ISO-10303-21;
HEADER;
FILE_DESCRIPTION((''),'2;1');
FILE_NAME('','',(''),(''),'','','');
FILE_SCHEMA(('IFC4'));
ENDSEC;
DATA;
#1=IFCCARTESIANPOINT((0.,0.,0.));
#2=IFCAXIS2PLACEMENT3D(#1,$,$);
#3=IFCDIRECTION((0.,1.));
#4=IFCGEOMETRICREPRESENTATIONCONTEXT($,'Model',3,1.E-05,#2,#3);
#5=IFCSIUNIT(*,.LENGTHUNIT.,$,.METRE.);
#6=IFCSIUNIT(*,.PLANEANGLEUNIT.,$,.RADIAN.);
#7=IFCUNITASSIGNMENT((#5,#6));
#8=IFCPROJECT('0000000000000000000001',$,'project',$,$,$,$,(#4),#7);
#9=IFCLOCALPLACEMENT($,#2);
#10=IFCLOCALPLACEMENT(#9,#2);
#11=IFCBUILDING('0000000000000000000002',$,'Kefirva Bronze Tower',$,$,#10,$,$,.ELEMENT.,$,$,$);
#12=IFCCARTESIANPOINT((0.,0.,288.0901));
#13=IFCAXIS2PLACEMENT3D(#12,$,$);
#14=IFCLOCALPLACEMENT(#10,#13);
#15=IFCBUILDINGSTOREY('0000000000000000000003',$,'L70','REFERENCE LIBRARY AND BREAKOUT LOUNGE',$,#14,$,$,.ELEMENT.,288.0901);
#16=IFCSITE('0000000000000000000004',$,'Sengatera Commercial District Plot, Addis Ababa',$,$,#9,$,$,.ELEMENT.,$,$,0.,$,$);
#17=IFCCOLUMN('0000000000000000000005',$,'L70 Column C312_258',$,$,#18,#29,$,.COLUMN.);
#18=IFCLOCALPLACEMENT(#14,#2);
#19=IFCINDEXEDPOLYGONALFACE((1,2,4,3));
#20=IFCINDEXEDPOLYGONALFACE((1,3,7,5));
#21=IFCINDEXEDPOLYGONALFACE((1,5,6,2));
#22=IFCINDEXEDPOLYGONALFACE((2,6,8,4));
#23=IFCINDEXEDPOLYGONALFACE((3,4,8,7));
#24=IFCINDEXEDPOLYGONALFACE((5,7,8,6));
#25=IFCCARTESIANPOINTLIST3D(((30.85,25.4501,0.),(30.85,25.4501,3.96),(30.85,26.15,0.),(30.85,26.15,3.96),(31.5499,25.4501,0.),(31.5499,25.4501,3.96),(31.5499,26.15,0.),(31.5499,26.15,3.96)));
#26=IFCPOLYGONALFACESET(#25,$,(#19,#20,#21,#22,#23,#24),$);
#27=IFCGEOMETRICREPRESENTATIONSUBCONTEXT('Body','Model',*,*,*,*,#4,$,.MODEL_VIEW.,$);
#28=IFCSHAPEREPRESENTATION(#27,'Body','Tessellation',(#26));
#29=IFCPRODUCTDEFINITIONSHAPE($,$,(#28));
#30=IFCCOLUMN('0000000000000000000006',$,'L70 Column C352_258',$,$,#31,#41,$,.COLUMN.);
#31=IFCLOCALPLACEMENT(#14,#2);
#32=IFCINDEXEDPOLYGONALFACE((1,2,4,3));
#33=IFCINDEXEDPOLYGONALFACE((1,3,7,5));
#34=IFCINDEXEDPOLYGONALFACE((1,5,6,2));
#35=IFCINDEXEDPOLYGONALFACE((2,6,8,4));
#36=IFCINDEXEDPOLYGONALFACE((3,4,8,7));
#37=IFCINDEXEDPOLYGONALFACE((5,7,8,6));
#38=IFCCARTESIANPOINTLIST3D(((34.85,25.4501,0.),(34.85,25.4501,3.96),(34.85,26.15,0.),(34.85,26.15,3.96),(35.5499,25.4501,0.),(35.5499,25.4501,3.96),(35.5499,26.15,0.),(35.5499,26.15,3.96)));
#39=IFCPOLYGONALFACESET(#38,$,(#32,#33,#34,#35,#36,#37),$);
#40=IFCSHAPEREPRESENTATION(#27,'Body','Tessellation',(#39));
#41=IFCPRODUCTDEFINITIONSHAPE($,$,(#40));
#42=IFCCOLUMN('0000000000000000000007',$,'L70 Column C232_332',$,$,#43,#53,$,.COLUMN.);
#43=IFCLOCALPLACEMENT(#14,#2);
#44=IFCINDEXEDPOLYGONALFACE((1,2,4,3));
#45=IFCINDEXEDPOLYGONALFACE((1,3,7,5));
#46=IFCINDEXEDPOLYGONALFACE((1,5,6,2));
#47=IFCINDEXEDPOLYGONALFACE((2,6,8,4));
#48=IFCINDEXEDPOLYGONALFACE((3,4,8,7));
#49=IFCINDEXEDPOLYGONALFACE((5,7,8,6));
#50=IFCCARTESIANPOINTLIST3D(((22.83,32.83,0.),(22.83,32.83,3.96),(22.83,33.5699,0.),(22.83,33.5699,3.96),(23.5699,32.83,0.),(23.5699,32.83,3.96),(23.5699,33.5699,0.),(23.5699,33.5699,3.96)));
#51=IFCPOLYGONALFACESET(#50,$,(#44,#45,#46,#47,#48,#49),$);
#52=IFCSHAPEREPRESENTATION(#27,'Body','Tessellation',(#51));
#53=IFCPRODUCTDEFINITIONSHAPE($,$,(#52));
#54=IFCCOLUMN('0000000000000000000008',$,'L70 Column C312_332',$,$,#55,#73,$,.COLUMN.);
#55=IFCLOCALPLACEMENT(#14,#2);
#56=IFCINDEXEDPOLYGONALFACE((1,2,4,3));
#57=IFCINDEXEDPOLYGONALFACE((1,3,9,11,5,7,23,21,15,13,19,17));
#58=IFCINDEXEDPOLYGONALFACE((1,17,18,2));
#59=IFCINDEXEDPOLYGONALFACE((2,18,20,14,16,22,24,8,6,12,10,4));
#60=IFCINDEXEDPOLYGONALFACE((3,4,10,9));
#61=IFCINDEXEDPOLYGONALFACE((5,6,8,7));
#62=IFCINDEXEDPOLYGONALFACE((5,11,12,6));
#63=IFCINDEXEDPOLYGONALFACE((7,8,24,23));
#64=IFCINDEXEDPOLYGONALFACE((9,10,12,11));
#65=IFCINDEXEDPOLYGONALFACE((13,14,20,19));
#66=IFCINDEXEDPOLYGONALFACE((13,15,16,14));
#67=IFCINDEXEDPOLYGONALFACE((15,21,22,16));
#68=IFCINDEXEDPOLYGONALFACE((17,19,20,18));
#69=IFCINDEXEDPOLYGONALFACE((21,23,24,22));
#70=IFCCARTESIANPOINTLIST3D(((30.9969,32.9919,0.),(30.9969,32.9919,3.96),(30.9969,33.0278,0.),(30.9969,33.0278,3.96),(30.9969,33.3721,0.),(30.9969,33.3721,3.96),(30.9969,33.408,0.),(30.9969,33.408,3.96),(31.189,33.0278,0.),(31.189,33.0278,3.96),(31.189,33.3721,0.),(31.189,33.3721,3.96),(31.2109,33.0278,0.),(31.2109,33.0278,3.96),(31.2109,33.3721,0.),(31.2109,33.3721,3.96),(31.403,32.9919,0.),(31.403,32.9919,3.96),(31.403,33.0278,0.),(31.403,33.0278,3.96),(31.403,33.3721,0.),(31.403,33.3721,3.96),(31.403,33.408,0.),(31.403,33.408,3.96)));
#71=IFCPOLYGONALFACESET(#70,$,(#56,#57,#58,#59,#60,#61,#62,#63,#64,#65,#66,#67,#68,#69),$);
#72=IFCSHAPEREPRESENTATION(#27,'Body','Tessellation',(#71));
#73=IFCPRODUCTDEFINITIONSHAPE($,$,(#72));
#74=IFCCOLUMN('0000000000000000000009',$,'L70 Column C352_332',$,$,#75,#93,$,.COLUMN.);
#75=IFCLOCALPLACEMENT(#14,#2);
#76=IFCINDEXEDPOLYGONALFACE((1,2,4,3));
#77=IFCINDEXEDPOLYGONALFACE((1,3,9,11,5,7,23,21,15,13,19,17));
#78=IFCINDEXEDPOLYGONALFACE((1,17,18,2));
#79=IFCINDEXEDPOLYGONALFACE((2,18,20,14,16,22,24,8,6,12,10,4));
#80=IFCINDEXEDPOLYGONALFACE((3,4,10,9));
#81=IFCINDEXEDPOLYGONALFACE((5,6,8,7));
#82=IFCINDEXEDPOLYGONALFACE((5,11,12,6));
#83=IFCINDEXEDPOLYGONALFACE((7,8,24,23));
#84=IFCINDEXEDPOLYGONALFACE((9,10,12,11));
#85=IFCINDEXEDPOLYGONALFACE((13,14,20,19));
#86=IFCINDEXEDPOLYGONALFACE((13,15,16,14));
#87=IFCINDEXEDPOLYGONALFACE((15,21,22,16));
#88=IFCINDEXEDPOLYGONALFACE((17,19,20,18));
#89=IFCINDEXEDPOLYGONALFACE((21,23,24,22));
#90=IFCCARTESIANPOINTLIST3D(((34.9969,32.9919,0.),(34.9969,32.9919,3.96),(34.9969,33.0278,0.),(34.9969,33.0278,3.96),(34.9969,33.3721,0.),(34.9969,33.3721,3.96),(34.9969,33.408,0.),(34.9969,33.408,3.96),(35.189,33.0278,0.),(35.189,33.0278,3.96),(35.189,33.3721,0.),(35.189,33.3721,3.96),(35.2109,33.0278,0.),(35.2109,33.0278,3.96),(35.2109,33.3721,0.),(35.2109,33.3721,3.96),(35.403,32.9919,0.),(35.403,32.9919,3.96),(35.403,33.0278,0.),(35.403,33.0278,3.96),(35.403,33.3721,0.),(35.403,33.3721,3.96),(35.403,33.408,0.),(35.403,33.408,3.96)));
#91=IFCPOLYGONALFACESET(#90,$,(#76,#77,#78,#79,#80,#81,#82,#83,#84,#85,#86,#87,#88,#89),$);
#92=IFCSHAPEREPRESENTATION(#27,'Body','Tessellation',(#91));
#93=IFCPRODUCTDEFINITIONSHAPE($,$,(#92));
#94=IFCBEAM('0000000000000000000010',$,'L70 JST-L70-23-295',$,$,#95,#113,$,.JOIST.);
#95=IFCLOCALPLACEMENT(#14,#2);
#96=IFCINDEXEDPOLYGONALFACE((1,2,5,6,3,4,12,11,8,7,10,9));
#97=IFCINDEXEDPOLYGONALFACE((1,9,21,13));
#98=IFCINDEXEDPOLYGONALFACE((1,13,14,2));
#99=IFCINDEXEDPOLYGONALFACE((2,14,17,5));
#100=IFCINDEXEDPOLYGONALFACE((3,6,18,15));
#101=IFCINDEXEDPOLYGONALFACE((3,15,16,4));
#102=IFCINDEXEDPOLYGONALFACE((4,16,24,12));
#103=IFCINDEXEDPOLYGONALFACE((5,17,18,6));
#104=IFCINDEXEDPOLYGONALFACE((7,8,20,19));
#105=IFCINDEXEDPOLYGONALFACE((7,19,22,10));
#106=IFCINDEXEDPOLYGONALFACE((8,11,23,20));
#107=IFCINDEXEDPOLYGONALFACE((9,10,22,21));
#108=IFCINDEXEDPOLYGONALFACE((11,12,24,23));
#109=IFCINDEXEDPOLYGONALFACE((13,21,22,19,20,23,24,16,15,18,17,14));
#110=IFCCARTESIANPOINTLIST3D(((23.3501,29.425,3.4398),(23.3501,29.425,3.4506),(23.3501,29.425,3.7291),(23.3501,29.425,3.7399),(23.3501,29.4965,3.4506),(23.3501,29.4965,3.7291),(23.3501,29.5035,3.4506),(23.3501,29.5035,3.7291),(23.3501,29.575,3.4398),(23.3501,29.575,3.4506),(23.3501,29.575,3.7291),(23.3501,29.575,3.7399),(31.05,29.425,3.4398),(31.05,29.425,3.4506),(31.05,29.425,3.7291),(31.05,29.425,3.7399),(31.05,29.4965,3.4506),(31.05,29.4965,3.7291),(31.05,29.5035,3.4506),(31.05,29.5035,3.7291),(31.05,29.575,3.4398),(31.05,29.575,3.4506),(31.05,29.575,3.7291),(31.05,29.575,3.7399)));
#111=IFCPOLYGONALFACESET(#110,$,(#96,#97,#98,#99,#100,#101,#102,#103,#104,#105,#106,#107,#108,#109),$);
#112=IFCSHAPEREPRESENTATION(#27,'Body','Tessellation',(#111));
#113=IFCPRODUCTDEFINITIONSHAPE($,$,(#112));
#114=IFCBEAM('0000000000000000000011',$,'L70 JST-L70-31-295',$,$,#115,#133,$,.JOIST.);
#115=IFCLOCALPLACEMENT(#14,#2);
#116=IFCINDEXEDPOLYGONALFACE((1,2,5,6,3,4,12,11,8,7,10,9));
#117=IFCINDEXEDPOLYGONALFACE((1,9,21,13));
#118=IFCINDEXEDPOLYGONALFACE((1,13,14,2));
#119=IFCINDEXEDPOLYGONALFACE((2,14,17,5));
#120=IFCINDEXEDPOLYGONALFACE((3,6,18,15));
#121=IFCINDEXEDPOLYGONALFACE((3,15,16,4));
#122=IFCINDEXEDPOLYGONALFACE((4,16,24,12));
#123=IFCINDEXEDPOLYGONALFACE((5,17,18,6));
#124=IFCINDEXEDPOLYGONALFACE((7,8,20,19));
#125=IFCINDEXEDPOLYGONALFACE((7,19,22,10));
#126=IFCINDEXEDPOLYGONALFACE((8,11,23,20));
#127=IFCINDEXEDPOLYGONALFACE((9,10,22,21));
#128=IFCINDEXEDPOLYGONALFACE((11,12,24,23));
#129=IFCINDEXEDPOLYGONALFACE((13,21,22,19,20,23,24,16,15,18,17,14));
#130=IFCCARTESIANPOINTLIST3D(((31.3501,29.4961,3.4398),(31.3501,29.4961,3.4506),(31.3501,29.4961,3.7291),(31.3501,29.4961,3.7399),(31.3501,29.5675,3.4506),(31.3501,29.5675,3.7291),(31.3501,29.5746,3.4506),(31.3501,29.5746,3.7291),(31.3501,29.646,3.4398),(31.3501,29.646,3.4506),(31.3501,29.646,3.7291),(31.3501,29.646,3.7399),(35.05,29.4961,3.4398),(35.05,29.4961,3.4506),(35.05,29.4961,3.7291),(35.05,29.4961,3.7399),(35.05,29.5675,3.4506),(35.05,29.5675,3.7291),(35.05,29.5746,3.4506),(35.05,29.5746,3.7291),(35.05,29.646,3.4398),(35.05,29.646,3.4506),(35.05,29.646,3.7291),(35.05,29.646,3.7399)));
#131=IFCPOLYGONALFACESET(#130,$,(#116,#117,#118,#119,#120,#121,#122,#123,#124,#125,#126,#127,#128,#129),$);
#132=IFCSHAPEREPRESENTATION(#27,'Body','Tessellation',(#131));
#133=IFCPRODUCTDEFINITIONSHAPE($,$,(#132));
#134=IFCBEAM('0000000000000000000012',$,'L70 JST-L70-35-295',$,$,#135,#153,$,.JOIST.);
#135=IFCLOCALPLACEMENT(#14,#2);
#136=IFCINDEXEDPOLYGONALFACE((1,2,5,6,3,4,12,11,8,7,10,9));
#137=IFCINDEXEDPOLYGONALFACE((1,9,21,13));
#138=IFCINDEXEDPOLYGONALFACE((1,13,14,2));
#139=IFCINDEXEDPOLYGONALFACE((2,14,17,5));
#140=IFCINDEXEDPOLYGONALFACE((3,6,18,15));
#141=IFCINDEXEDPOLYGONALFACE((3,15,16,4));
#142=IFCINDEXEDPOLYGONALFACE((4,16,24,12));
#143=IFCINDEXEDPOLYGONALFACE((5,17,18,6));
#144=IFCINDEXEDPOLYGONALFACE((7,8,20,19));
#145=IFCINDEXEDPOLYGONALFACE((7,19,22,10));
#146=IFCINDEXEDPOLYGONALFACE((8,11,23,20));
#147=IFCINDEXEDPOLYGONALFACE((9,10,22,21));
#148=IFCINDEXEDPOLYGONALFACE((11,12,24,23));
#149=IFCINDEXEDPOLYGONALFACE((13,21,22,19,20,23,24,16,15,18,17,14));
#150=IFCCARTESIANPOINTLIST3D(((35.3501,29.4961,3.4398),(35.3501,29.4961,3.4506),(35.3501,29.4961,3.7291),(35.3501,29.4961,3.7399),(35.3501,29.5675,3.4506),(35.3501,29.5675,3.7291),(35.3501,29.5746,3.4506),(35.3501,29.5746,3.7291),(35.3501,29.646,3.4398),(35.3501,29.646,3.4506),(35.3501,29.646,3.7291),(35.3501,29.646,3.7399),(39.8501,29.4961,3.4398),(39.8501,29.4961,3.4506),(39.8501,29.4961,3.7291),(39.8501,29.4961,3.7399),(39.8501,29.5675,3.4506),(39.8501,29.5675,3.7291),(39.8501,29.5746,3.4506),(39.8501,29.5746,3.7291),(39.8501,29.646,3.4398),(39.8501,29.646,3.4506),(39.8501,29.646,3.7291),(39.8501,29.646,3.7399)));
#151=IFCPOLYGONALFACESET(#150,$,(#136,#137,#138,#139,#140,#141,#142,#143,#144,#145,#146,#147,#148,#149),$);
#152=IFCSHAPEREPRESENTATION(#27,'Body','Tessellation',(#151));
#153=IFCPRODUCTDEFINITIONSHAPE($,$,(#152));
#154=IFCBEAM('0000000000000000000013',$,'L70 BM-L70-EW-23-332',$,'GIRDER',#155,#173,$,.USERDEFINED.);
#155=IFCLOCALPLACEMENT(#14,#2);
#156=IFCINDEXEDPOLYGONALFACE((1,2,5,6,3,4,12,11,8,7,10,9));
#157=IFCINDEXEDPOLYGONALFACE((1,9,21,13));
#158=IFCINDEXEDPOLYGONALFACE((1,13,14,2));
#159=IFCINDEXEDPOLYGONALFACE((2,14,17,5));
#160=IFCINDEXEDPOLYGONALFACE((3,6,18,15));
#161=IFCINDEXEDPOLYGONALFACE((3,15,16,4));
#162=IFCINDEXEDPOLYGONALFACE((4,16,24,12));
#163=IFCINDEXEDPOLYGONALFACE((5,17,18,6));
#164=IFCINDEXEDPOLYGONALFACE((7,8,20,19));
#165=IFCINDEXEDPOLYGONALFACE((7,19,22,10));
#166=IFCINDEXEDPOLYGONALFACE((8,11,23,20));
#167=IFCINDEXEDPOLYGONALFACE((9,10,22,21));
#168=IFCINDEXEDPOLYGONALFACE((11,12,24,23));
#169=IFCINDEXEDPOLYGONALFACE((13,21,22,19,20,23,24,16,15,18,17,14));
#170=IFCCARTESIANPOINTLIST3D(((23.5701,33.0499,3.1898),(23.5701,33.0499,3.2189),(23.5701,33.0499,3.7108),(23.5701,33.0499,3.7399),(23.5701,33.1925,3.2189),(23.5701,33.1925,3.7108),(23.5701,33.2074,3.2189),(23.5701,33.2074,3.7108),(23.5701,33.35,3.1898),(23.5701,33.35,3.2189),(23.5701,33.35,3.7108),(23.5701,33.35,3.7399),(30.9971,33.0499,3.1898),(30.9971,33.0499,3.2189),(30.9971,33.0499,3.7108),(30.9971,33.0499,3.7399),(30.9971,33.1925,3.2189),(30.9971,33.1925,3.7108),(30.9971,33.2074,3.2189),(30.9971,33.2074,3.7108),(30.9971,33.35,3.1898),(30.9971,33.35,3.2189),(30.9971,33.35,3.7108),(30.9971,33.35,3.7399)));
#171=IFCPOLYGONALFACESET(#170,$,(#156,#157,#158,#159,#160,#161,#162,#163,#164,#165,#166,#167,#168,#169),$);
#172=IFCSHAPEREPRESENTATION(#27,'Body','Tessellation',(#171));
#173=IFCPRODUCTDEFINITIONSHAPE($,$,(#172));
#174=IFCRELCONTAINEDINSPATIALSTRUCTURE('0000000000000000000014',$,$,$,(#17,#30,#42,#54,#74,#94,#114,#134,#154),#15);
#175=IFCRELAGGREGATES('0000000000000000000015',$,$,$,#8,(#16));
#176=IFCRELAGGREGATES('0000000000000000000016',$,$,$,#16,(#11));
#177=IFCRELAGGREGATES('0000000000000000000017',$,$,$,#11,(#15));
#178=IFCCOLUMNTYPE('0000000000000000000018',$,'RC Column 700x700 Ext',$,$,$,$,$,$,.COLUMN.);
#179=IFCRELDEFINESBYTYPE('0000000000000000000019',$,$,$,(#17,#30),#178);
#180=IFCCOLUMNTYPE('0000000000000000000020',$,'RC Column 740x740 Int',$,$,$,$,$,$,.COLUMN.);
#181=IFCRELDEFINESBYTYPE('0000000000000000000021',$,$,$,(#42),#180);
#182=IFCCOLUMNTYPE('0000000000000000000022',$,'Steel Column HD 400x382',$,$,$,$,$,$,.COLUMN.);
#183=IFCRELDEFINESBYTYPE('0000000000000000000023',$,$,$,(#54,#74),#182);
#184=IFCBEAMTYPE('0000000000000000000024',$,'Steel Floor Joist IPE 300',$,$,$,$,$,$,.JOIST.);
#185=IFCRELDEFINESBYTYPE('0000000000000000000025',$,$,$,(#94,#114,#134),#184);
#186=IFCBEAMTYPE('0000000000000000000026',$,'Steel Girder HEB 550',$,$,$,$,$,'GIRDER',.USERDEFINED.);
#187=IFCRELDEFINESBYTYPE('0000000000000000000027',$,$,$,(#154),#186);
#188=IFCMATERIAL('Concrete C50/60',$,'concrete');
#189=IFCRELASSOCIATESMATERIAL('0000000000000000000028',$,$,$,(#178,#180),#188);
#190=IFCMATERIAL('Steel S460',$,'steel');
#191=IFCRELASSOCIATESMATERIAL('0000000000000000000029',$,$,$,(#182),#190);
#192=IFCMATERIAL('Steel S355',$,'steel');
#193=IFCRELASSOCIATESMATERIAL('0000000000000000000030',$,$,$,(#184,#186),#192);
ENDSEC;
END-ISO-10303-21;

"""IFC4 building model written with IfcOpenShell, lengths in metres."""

from ifc_helpers import new_model, si_unit, direction, frame, origin, origin_2d, place, context, subcontext, project, spatial, rectangle, i_section, extrude, material, material_profile, profile_set, type_object, element, save


model = new_model("IFC4")

# Units and contexts
model_context = context("Model", 3, precision=1e-05, world=origin(), true_north=direction((0.0, 1.0)))
body_context = subcontext(model_context, "Body", "Model", "MODEL_VIEW")
ifc_project = project(units=[si_unit("LENGTHUNIT", "METRE"), si_unit("PLANEANGLEUNIT", "RADIAN")], contexts=[model_context])

# Site, building, storey
site_placement = place(None, origin())
site = spatial("IfcSite", under=ifc_project, at=site_placement, Name="Sengatera Commercial District Plot, Addis Ababa", CompositionType="ELEMENT", RefElevation=0.0)
building_placement = place(site_placement, origin())
building = spatial("IfcBuilding", under=site, at=building_placement, Name="Kefirva Bronze Tower", CompositionType="ELEMENT")
storey_placement = place(building_placement, frame((0.0, 0.0, 288.0901)))
storey = spatial("IfcBuildingStorey", under=building, at=storey_placement, Name="L70", Description="REFERENCE LIBRARY AND BREAKOUT LOUNGE", CompositionType="ELEMENT", Elevation=288.0901)

# Columns
ifc_material_1 = material(Name="Concrete C50/60", Category="concrete")
ifc_material_profile_1 = material_profile(ifc_material_1, rectangle(XDim=0.7, YDim=0.7, at=origin_2d()), Name="RC 700x700")
ifc_profile_set_1 = profile_set([ifc_material_profile_1], Name="Concrete C50/60")
column_type_1 = type_object("IfcColumnType", Name="RC Column 700x700 Ext", PredefinedType="COLUMN", material=ifc_profile_set_1)
for number, where, z_axis, x_axis, name in (
    (1, (31.2, 25.8, 0.0), (0.0, 0.0, 1.0), (1.0, 0.0, 0.0), "L70 Column C312_258"),
    (2, (35.2, 25.8, 0.0), (0.0, 0.0, 1.0), (1.0, 0.0, 0.0), "L70 Column C352_258"),
):
    element("IfcColumn", number, at=place(storey_placement, frame(where, z_axis=z_axis, x_axis=x_axis)), inside=storey, type_object=column_type_1, Name=name, PredefinedType="COLUMN", context=body_context, shape_type="SweptSolid", body=[
        extrude(rectangle(XDim=0.7, YDim=0.7, at=origin_2d()), origin(), (0.0, 0.0, 1.0), 3.96),
    ])
ifc_material_profile_2 = material_profile(ifc_material_1, rectangle(XDim=0.74, YDim=0.74, at=origin_2d()), Name="RC 740x740")
ifc_profile_set_2 = profile_set([ifc_material_profile_2], Name="Concrete C50/60")
column_type_2 = type_object("IfcColumnType", Name="RC Column 740x740 Int", PredefinedType="COLUMN", material=ifc_profile_set_2)
column_placement = place(storey_placement, frame((23.2, 33.2, 0.0), z_axis=(0.0, 0.0, 1.0), x_axis=(1.0, 0.0, 0.0)))
element("IfcColumn", 3, at=column_placement, inside=storey, type_object=column_type_2, Name="L70 Column C232_332", PredefinedType="COLUMN", context=body_context, shape_type="SweptSolid", body=[
    extrude(rectangle(XDim=0.74, YDim=0.74, at=origin_2d()), origin(), (0.0, 0.0, 1.0), 3.96),
])
ifc_material_2 = material(Name="Steel S460", Category="steel")
ifc_material_profile_3 = material_profile(ifc_material_2, i_section(OverallWidth=0.406, OverallDepth=0.416, WebThickness=0.022, FlangeThickness=0.0359, at=origin_2d()), Name="HD 400x382")
ifc_profile_set_3 = profile_set([ifc_material_profile_3], Name="Steel S460")
column_type_3 = type_object("IfcColumnType", Name="Steel Column HD 400x382", PredefinedType="COLUMN", material=ifc_profile_set_3)
for number, where, z_axis, x_axis, name in (
    (4, (31.2, 33.2, 0.0), (0.0, 0.0, 1.0), (1.0, 0.0, 0.0), "L70 Column C312_332"),
    (5, (35.2, 33.2, 0.0), (0.0, 0.0, 1.0), (1.0, 0.0, 0.0), "L70 Column C352_332"),
):
    element("IfcColumn", number, at=place(storey_placement, frame(where, z_axis=z_axis, x_axis=x_axis)), inside=storey, type_object=column_type_3, Name=name, PredefinedType="COLUMN", context=body_context, shape_type="SweptSolid", body=[
        extrude(i_section(OverallWidth=0.406, OverallDepth=0.416, WebThickness=0.022, FlangeThickness=0.0359, at=origin_2d()), origin(), (0.0, 0.0, 1.0), 3.96),
    ])

# Beams
ifc_material_3 = material(Name="Steel S355", Category="steel")
ifc_material_profile_4 = material_profile(ifc_material_3, i_section(OverallWidth=0.1499, OverallDepth=0.3, WebThickness=0.0071, FlangeThickness=0.0107, at=origin_2d()), Name="IPE 300")
ifc_profile_set_4 = profile_set([ifc_material_profile_4], Name="Steel S355")
beam_type_1 = type_object("IfcBeamType", Name="Steel Floor Joist IPE 300", PredefinedType="JOIST", material=ifc_profile_set_4)
beam_1_placement = place(storey_placement, frame((23.3501, 29.5, 3.5898), z_axis=(1.0, 0.0, 0.0), x_axis=(0.0, 1.0, 0.0)))
element("IfcBeam", 6, at=beam_1_placement, inside=storey, type_object=beam_type_1, Name="L70 JST-L70-23-295", PredefinedType="JOIST", context=body_context, shape_type="SweptSolid", body=[
    extrude(i_section(OverallWidth=0.1499, OverallDepth=0.3, WebThickness=0.0071, FlangeThickness=0.0107, at=origin_2d()), origin(), (0.0, 0.0, 1.0), 7.7),
])
beam_2_placement = place(storey_placement, frame((31.3501, 29.571, 3.5898), z_axis=(1.0, 0.0, 0.0), x_axis=(0.0, 1.0, 0.0)))
element("IfcBeam", 7, at=beam_2_placement, inside=storey, type_object=beam_type_1, Name="L70 JST-L70-31-295", PredefinedType="JOIST", context=body_context, shape_type="SweptSolid", body=[
    extrude(i_section(OverallWidth=0.1499, OverallDepth=0.3, WebThickness=0.0071, FlangeThickness=0.0107, at=origin_2d()), origin(), (0.0, 0.0, 1.0), 3.7),
])
beam_3_placement = place(storey_placement, frame((35.3501, 29.571, 3.5898), z_axis=(1.0, 0.0, 0.0), x_axis=(0.0, 1.0, 0.0)))
element("IfcBeam", 8, at=beam_3_placement, inside=storey, type_object=beam_type_1, Name="L70 JST-L70-35-295", PredefinedType="JOIST", context=body_context, shape_type="SweptSolid", body=[
    extrude(i_section(OverallWidth=0.1499, OverallDepth=0.3, WebThickness=0.0071, FlangeThickness=0.0107, at=origin_2d()), origin(), (0.0, 0.0, 1.0), 4.5),
])
ifc_material_profile_5 = material_profile(ifc_material_3, i_section(OverallWidth=0.3, OverallDepth=0.55, WebThickness=0.0149, FlangeThickness=0.0291, at=origin_2d()), Name="HEB 550")
ifc_profile_set_5 = profile_set([ifc_material_profile_5], Name="Steel S355")
beam_type_2 = type_object("IfcBeamType", Name="Steel Girder HEB 550", ElementType="GIRDER", PredefinedType="USERDEFINED", material=ifc_profile_set_5)
beam_4_placement = place(storey_placement, frame((23.5701, 33.2, 3.4648), z_axis=(1.0, 0.0, 0.0), x_axis=(0.0, 1.0, 0.0)))
element("IfcBeam", 9, at=beam_4_placement, inside=storey, type_object=beam_type_2, Name="L70 BM-L70-EW-23-332", ObjectType="GIRDER", PredefinedType="USERDEFINED", context=body_context, shape_type="SweptSolid", body=[
    extrude(i_section(OverallWidth=0.3, OverallDepth=0.55, WebThickness=0.0149, FlangeThickness=0.0291, at=origin_2d()), origin(), (0.0, 0.0, 1.0), 7.427),
])

save(model, "model.ifc")
